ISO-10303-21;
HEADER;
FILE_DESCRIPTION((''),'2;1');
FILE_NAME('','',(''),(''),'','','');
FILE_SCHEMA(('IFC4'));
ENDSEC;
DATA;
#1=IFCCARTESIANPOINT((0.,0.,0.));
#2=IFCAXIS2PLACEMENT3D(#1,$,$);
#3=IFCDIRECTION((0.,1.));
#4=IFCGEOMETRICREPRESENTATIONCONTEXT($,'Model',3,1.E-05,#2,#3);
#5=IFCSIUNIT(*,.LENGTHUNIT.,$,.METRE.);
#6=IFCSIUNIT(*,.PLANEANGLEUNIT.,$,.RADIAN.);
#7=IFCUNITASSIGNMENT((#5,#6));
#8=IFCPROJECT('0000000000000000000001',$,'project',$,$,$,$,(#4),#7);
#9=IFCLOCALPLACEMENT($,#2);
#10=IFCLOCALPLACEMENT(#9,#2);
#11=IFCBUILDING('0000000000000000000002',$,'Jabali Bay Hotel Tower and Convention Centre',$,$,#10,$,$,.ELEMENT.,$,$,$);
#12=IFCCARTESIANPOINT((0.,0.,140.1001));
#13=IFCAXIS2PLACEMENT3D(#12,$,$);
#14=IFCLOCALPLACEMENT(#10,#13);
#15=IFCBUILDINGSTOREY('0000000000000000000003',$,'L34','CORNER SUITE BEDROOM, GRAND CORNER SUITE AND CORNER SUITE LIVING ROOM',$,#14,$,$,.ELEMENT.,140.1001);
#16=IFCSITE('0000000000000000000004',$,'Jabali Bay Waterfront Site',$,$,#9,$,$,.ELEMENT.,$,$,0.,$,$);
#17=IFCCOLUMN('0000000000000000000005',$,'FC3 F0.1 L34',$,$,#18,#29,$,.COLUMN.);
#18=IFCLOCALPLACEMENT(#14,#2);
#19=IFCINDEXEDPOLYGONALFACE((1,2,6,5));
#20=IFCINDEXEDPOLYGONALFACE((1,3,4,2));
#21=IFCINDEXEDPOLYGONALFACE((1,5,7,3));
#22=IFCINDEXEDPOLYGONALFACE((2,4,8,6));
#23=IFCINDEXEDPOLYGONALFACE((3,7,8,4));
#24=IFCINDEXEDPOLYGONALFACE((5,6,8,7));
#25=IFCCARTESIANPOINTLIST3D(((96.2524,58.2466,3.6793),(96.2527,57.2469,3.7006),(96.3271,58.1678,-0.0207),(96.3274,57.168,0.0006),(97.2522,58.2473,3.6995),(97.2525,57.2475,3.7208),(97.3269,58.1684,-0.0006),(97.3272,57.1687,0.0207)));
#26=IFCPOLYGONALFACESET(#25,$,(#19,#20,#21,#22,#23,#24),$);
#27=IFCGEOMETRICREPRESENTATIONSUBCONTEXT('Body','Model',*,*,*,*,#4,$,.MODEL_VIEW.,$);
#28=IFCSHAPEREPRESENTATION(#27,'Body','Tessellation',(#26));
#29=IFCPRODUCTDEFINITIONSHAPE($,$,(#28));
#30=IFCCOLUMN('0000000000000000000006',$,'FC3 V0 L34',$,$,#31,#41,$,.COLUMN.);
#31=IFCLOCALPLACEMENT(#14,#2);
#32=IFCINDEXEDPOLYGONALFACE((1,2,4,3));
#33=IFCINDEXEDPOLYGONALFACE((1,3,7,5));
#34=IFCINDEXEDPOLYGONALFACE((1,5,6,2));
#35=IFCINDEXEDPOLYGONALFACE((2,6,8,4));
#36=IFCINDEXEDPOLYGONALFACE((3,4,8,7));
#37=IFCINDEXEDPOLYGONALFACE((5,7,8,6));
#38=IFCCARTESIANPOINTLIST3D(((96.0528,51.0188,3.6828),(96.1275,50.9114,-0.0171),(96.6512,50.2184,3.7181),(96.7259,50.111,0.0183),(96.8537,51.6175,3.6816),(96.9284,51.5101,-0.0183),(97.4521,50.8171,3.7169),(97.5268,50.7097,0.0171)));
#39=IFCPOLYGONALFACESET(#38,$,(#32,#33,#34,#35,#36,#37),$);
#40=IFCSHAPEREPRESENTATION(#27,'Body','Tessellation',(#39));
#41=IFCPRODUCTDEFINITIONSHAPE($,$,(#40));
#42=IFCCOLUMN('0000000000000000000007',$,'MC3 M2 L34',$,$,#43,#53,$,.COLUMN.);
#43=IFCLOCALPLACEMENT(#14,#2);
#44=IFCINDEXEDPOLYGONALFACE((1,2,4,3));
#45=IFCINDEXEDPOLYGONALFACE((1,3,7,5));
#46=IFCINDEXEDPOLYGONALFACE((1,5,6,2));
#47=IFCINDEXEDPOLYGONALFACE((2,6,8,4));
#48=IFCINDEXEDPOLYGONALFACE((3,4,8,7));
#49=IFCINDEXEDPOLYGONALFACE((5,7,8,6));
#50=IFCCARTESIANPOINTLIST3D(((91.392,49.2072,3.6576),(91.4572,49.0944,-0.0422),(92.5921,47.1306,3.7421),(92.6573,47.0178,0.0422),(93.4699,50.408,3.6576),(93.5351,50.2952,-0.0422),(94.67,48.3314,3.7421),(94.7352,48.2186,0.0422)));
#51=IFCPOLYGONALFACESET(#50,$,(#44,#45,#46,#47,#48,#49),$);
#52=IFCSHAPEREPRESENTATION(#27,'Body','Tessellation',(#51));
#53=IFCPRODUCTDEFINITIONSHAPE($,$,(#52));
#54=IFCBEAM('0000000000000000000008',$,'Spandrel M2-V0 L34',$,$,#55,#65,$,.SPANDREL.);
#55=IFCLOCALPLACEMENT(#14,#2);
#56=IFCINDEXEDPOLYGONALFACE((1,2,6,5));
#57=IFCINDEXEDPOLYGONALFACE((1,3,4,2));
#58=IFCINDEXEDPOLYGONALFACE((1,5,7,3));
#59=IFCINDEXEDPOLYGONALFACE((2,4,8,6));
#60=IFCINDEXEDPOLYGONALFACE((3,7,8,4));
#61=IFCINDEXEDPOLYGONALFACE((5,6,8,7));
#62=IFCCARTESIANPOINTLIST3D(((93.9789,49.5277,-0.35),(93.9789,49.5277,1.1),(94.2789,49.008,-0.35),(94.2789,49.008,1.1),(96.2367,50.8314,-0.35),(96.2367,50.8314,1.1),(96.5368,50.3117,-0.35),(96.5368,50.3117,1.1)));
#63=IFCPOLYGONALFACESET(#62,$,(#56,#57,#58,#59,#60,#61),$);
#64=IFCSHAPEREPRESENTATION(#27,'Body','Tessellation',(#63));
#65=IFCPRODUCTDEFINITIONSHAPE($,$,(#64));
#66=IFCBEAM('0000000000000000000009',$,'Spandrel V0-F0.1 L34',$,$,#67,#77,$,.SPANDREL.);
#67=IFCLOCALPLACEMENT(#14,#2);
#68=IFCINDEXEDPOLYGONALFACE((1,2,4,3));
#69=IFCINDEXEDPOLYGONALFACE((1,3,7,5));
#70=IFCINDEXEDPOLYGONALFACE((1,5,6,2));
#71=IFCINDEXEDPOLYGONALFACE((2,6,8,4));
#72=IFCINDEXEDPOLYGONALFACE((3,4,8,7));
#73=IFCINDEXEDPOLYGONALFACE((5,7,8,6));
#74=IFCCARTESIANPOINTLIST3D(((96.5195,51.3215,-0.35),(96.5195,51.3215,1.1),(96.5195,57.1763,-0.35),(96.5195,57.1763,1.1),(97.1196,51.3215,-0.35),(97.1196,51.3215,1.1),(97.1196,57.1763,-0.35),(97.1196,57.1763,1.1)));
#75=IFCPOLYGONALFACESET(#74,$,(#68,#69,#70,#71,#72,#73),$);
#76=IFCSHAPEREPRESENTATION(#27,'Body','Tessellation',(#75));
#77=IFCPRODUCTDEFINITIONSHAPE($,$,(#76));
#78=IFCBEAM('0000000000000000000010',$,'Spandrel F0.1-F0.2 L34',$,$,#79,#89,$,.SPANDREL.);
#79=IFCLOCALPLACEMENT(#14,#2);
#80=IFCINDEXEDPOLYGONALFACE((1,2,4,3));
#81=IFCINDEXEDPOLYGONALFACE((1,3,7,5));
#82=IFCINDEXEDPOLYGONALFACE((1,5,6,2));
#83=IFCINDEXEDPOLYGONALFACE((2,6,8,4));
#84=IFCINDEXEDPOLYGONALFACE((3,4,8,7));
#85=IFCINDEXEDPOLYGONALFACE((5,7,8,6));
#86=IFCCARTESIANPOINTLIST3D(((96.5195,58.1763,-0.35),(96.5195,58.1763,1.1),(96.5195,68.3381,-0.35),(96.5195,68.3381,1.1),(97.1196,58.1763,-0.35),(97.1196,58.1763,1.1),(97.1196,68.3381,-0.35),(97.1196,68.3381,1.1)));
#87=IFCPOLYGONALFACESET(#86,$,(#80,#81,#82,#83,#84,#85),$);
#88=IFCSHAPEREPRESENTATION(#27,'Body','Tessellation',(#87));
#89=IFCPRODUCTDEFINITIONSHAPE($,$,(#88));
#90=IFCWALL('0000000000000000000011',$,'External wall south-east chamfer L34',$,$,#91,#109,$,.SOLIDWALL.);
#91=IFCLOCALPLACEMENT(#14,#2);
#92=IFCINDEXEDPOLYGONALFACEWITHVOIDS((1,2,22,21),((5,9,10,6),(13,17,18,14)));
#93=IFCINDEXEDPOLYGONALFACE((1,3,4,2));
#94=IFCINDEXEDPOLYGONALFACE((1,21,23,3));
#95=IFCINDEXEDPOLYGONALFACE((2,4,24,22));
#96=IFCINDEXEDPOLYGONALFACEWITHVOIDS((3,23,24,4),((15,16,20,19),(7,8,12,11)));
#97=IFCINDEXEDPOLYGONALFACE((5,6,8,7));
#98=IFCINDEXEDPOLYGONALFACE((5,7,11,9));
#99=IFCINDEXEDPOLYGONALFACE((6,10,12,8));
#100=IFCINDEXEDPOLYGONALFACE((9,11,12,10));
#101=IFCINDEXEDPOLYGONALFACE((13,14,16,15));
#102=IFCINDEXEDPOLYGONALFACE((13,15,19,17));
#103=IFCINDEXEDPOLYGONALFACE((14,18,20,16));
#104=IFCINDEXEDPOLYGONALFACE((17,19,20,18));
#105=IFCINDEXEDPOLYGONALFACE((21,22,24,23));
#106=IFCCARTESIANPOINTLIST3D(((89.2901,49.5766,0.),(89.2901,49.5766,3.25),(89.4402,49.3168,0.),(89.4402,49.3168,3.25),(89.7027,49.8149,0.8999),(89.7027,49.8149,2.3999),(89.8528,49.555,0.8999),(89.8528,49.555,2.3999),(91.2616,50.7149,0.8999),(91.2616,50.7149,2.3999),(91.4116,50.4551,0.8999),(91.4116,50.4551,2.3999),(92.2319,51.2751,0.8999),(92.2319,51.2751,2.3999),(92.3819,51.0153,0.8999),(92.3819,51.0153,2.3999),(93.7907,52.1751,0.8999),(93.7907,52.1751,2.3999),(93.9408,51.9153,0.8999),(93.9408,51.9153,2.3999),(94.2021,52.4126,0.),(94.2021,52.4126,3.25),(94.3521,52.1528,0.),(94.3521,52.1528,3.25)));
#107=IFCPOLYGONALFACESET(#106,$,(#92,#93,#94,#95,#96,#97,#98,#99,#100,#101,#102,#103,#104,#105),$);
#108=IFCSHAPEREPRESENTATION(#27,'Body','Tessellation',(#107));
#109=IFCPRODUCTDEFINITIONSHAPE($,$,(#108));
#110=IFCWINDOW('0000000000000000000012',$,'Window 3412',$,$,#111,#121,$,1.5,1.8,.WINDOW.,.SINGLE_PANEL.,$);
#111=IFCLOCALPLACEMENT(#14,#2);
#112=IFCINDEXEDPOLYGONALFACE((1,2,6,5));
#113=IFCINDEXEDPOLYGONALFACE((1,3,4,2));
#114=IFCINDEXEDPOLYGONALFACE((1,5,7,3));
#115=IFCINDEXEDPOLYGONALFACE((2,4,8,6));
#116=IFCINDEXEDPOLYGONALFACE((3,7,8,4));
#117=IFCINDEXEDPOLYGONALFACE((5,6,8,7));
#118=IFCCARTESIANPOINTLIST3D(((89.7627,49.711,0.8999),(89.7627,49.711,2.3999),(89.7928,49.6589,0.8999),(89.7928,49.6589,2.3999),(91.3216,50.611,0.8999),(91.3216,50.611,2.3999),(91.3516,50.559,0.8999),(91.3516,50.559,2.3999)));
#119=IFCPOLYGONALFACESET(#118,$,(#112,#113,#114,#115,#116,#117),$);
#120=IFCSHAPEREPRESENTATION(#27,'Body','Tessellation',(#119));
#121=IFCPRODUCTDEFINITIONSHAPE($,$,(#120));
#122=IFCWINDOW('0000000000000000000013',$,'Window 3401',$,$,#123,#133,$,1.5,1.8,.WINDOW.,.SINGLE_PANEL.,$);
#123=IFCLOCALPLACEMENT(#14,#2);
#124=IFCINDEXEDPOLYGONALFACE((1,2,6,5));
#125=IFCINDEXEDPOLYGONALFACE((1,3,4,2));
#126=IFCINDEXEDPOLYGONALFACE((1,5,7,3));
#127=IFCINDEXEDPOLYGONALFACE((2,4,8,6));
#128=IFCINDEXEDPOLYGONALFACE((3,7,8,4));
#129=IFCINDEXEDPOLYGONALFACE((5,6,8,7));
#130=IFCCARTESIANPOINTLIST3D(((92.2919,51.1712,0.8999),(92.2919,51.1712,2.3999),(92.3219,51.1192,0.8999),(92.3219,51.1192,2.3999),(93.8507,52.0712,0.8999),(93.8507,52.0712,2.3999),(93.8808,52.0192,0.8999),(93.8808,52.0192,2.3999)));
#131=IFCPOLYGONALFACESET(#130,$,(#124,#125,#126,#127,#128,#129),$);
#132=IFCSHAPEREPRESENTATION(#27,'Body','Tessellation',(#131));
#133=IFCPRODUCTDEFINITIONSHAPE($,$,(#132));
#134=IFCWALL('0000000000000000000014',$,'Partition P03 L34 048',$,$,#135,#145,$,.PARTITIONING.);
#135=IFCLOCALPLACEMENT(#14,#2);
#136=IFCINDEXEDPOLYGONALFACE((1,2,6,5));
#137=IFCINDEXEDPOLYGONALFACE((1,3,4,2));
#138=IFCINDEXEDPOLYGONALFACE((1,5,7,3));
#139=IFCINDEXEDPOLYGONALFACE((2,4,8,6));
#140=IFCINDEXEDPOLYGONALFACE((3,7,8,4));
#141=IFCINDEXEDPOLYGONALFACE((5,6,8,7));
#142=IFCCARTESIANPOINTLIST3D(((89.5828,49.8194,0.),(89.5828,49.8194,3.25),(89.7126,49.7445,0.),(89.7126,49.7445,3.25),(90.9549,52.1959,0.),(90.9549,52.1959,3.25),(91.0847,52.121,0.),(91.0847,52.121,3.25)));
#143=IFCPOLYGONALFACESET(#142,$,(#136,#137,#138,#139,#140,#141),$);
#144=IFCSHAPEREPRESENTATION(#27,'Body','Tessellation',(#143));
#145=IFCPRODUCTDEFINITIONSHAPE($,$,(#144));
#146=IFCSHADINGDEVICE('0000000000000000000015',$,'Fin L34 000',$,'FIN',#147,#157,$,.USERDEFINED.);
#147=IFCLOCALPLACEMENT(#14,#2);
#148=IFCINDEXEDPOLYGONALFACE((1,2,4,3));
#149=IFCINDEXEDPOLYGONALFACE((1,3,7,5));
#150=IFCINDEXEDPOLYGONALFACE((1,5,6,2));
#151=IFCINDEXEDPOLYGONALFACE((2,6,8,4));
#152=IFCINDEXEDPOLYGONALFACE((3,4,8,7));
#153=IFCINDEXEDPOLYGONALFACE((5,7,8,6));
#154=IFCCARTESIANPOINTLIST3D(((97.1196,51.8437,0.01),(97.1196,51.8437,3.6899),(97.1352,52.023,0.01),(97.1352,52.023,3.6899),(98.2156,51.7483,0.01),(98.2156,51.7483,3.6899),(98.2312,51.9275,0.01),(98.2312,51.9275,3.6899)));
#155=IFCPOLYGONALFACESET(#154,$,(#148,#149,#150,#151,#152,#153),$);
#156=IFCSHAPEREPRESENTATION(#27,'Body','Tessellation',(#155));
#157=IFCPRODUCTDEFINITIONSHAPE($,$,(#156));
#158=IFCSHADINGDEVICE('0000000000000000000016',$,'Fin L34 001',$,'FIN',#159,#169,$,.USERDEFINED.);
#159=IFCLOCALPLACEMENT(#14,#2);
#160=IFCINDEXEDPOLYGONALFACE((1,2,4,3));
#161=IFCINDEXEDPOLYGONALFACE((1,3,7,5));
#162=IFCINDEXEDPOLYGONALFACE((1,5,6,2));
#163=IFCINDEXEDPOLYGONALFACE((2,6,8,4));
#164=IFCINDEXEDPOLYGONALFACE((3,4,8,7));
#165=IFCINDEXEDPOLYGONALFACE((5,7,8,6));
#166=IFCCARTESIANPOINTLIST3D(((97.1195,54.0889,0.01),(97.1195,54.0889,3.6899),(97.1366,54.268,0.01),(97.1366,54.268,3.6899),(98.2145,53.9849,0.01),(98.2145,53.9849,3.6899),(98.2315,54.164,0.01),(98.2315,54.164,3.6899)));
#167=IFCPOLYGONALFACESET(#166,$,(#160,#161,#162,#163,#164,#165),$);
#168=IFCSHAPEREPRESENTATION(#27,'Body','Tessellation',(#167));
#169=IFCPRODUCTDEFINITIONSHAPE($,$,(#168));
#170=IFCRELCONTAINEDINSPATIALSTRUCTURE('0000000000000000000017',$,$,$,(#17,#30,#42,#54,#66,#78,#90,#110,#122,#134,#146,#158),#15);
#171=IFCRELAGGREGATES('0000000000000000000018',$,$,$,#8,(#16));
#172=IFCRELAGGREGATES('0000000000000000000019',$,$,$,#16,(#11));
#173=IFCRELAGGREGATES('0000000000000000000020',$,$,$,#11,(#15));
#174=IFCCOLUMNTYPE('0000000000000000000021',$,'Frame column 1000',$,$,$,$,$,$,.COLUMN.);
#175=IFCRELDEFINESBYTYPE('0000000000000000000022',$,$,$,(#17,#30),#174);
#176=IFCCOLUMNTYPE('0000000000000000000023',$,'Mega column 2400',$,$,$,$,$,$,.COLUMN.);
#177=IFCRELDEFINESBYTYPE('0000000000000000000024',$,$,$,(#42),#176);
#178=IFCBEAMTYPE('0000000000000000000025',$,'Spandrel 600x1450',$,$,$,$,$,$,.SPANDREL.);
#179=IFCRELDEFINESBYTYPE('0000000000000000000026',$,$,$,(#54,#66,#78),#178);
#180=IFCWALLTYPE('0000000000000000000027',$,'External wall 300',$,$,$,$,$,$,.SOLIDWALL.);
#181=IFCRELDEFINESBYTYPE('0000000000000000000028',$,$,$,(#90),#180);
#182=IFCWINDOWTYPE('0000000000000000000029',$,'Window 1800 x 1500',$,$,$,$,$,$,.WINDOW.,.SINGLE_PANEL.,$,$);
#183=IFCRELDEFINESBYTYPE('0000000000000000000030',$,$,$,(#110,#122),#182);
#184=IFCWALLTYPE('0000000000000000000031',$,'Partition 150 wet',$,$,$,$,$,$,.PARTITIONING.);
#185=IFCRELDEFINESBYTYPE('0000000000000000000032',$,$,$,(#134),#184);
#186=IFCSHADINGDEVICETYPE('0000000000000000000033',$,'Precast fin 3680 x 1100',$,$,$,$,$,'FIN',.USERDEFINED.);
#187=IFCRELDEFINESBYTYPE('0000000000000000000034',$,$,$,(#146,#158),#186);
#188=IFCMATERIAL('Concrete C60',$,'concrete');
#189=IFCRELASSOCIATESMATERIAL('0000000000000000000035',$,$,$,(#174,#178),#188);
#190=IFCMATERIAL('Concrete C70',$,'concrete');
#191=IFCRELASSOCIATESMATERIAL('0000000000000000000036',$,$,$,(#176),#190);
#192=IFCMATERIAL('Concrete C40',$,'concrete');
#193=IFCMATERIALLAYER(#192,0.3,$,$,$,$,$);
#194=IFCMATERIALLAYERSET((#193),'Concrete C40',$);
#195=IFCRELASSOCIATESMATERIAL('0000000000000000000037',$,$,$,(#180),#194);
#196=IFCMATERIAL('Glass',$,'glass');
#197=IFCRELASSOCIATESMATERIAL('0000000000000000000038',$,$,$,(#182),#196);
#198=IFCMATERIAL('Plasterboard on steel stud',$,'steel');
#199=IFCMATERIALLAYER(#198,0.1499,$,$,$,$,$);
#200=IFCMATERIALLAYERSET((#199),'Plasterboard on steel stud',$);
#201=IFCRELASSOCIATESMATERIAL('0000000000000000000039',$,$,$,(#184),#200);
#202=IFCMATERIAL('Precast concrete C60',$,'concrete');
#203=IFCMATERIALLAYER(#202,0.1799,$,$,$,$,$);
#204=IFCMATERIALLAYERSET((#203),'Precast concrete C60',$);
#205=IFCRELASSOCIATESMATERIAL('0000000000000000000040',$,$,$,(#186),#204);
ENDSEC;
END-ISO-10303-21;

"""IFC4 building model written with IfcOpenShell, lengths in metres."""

from ifc_helpers import new_model, si_unit, direction, frame, frame_2d, origin, origin_2d, place, context, subcontext, project, spatial, rectangle, extrude, material, layer, layer_set, material_profile, profile_set, type_object, element, fill, save


model = new_model("IFC4")

# Units and contexts
model_context = context("Model", 3, precision=1e-05, world=origin(), true_north=direction((0.0, 1.0)))
body_context = subcontext(model_context, "Body", "Model", "MODEL_VIEW")
ifc_project = project(units=[si_unit("LENGTHUNIT", "METRE"), si_unit("PLANEANGLEUNIT", "RADIAN")], contexts=[model_context])

# Site, building, storey
site_placement = place(None, origin())
site = spatial("IfcSite", under=ifc_project, at=site_placement, Name="Jabali Bay Waterfront Site", CompositionType="ELEMENT", RefElevation=0.0)
building_placement = place(site_placement, origin())
building = spatial("IfcBuilding", under=site, at=building_placement, Name="Jabali Bay Hotel Tower and Convention Centre", CompositionType="ELEMENT")
storey_placement = place(building_placement, frame((0.0, 0.0, 140.1001)))
storey = spatial("IfcBuildingStorey", under=building, at=storey_placement, Name="L34", Description="CORNER SUITE BEDROOM, GRAND CORNER SUITE AND CORNER SUITE LIVING ROOM", CompositionType="ELEMENT", Elevation=140.1001)

# Columns
ifc_material_1 = material(Name="Concrete C60", Category="concrete")
ifc_material_profile_1 = material_profile(ifc_material_1, rectangle(XDim=1.0, YDim=1.0, at=origin_2d()), Name="Frame column 1000")
ifc_profile_set_1 = profile_set([ifc_material_profile_1], Name="Concrete C60")
column_type_1 = type_object("IfcColumnType", Name="Frame column 1000", PredefinedType="COLUMN", material=ifc_profile_set_1)
column_1_placement = place(storey_placement, frame((96.8271, 57.6682, 0.0), z_axis=(-0.020183, 0.021304, 0.999569), x_axis=(0.000228, -0.999773, 0.021313)))
element("IfcColumn", 1, at=column_1_placement, inside=storey, type_object=column_type_1, Name="FC3 F0.1 L34", PredefinedType="COLUMN", context=body_context, shape_type="SweptSolid", body=[
    extrude(rectangle(XDim=1.0, YDim=1.0, at=origin_2d()), origin(), (0.0, 0.0, 1.0), 3.7017),
])
column_2_placement = place(storey_placement, frame((96.8271, 50.8105, 0.0), z_axis=(-0.020179, 0.029015, 0.999375), x_axis=(-0.800961, -0.598716, 0.00121)))
element("IfcColumn", 2, at=column_2_placement, inside=storey, type_object=column_type_1, Name="FC3 V0 L34", PredefinedType="COLUMN", context=body_context, shape_type="SweptSolid", body=[
    extrude(rectangle(XDim=1.0, YDim=1.0, at=origin_2d()), origin(), (0.0, 0.0, 1.0), 3.7021),
])
ifc_material_2 = material(Name="Concrete C70", Category="concrete")
ifc_material_profile_2 = material_profile(ifc_material_2, rectangle(XDim=2.3999, YDim=2.3999, at=origin_2d()), Name="Mega column 2400")
ifc_profile_set_2 = profile_set([ifc_material_profile_2], Name="Concrete C70")
column_type_2 = type_object("IfcColumnType", Name="Mega column 2400", PredefinedType="COLUMN", material=ifc_profile_set_2)
column_3_placement = place(storey_placement, frame((93.0962, 48.6565, 0.0), z_axis=(-0.017607, 0.030466, 0.999381), x_axis=(0.500058, -0.865277, 0.035188)))
element("IfcColumn", 3, at=column_3_placement, inside=storey, type_object=column_type_2, Name="MC3 M2 L34", PredefinedType="COLUMN", context=body_context, shape_type="SweptSolid", body=[
    extrude(rectangle(XDim=2.3999, YDim=2.3999, at=origin_2d()), origin(), (0.0, 0.0, 1.0), 3.7021),
])

# Beams
ifc_material_profile_3 = material_profile(ifc_material_1, rectangle(XDim=0.6001, YDim=1.45, at=origin_2d()), Name="Spandrel 600x1450")
ifc_profile_set_3 = profile_set([ifc_material_profile_3], Name="Concrete C60")
beam_type = type_object("IfcBeamType", Name="Spandrel 600x1450", PredefinedType="SPANDREL", material=ifc_profile_set_3)
beam_1_placement = place(storey_placement, frame((94.1289, 49.2678, 0.375), z_axis=(0.865998, 0.500047, 0.0), x_axis=(-0.500047, 0.865998, 0.0)))
element("IfcBeam", 4, at=beam_1_placement, inside=storey, type_object=beam_type, Name="Spandrel M2-V0 L34", PredefinedType="SPANDREL", context=body_context, shape_type="SweptSolid", body=[
    extrude(rectangle(XDim=0.6001, YDim=1.45, at=origin_2d()), origin(), (0.0, 0.0, 1.0), 2.6072),
])
beam_2_placement = place(storey_placement, frame((96.8196, 51.3215, 0.375), z_axis=(0.0, 1.0, 0.0), x_axis=(-1.0, 0.0, 0.0)))
element("IfcBeam", 5, at=beam_2_placement, inside=storey, type_object=beam_type, Name="Spandrel V0-F0.1 L34", PredefinedType="SPANDREL", context=body_context, shape_type="SweptSolid", body=[
    extrude(rectangle(XDim=0.6001, YDim=1.45, at=origin_2d()), origin(), (0.0, 0.0, 1.0), 5.8547),
])
beam_3_placement = place(storey_placement, frame((96.8196, 58.1763, 0.375), z_axis=(0.0, 1.0, 0.0), x_axis=(-1.0, 0.0, 0.0)))
element("IfcBeam", 6, at=beam_3_placement, inside=storey, type_object=beam_type, Name="Spandrel F0.1-F0.2 L34", PredefinedType="SPANDREL", context=body_context, shape_type="SweptSolid", body=[
    extrude(rectangle(XDim=0.6001, YDim=1.45, at=origin_2d()), origin(), (0.0, 0.0, 1.0), 10.1619),
])

# Wall, openings, windows
ifc_material_3 = material(Name="Concrete C40", Category="concrete")
ifc_layer_1 = layer(ifc_material_3, 0.3)
ifc_layer_set_1 = layer_set([ifc_layer_1], Name="Concrete C40")
wall_type_1 = type_object("IfcWallType", Name="External wall 300", PredefinedType="SOLIDWALL", material=ifc_layer_set_1)
wall_1_placement = place(storey_placement, frame((94.2771, 52.2827, 0.0), z_axis=(0.0, 0.0, 1.0), x_axis=(-0.86602, -0.500009, 0.0)))
wall_1 = element("IfcWall", 7, at=wall_1_placement, inside=storey, type_object=wall_type_1, Name="External wall south-east chamfer L34", PredefinedType="SOLIDWALL", context=body_context, shape_type="SweptSolid", body=[
    extrude(rectangle(XDim=5.6719, YDim=0.3, at=frame_2d((2.8359, 0.0))), origin(), (0.0, 0.0, 1.0), 3.25),
])
opening_1_placement = place(wall_1_placement, frame((3.3955, 0.0, 0.8999)))
opening_1 = element("IfcOpeningElement", 8, at=opening_1_placement, cuts=wall_1, PredefinedType="OPENING", context=body_context, shape_type="SweptSolid", body=[
    extrude(rectangle(XDim=1.8, YDim=1.5, at=frame_2d((0.8999, 0.75))), frame((0.0, 0.1606, 0.0), z_axis=(0.0, -1.0, 0.0), x_axis=(1.0, 0.0, 0.0)), (0.0, 0.0, 1.0), 0.321),
])
opening_2_placement = place(wall_1_placement, frame((0.4751, 0.0, 0.8999)))
opening_2 = element("IfcOpeningElement", 9, at=opening_2_placement, cuts=wall_1, PredefinedType="OPENING", context=body_context, shape_type="SweptSolid", body=[
    extrude(rectangle(XDim=1.8, YDim=1.5, at=frame_2d((0.8999, 0.75))), frame((0.0, 0.1606, 0.0), z_axis=(0.0, -1.0, 0.0), x_axis=(1.0, 0.0, 0.0)), (0.0, 0.0, 1.0), 0.321),
])
ifc_material_4 = material(Name="Glass", Category="glass")
window_type = type_object("IfcWindowType", Name="Window 1800 x 1500", PartitioningType="SINGLE_PANEL", PredefinedType="WINDOW", material=ifc_material_4)
window_1_placement = place(opening_1_placement, origin())
window_1 = element("IfcWindow", 10, at=window_1_placement, inside=storey, type_object=window_type, Name="Window 3412", OverallHeight=1.5, OverallWidth=1.8, PartitioningType="SINGLE_PANEL", PredefinedType="WINDOW", context=body_context, shape_type="SweptSolid", body=[
    extrude(rectangle(XDim=1.8, YDim=1.5, at=frame_2d((0.8999, 0.75))), frame((0.0, 0.03, 0.0), z_axis=(0.0, -1.0, 0.0), x_axis=(1.0, 0.0, 0.0)), (0.0, 0.0, 1.0), 0.0601),
])
fill(opening_1, window_1)
window_2_placement = place(opening_2_placement, origin())
window_2 = element("IfcWindow", 11, at=window_2_placement, inside=storey, type_object=window_type, Name="Window 3401", OverallHeight=1.5, OverallWidth=1.8, PartitioningType="SINGLE_PANEL", PredefinedType="WINDOW", context=body_context, shape_type="SweptSolid", body=[
    extrude(rectangle(XDim=1.8, YDim=1.5, at=frame_2d((0.8999, 0.75))), frame((0.0, 0.03, 0.0), z_axis=(0.0, -1.0, 0.0), x_axis=(1.0, 0.0, 0.0)), (0.0, 0.0, 1.0), 0.0601),
])
fill(opening_2, window_2)

# Wall
ifc_material_5 = material(Name="Plasterboard on steel stud", Category="steel")
ifc_layer_2 = layer(ifc_material_5, 0.1499)
ifc_layer_set_2 = layer_set([ifc_layer_2], Name="Plasterboard on steel stud")
wall_type_2 = type_object("IfcWallType", Name="Partition 150 wet", PredefinedType="PARTITIONING", material=ifc_layer_set_2)
wall_2_placement = place(storey_placement, frame((91.0198, 52.1584, 0.0), z_axis=(0.0, 0.0, 1.0), x_axis=(-0.500005, -0.866023, 0.0)))
element("IfcWall", 12, at=wall_2_placement, inside=storey, type_object=wall_type_2, Name="Partition P03 L34 048", PredefinedType="PARTITIONING", context=body_context, shape_type="SweptSolid", body=[
    extrude(rectangle(XDim=2.7441, YDim=0.1499, at=frame_2d((1.3721, 0.0))), origin(), (0.0, 0.0, 1.0), 3.25),
])

# Shading devices
ifc_material_6 = material(Name="Precast concrete C60", Category="concrete")
ifc_layer_3 = layer(ifc_material_6, 0.1799)
ifc_layer_set_3 = layer_set([ifc_layer_3], Name="Precast concrete C60")
shading_device_type_1 = type_object("IfcShadingDeviceType", Name="Precast fin 3680 x 1100", ElementType="FIN", PredefinedType="USERDEFINED", material=ifc_layer_set_3)
shading_device_1_placement = place(storey_placement, frame((97.1274, 51.9333, 0.01), z_axis=(0.0, 0.0, 1.0), x_axis=(0.996228, -0.086773, 0.0)))
element("IfcShadingDevice", 13, at=shading_device_1_placement, inside=storey, type_object=shading_device_type_1, Name="Fin L34 000", ObjectType="FIN", PredefinedType="USERDEFINED", context=body_context, shape_type="SweptSolid", body=[
    extrude(rectangle(XDim=1.1001, YDim=0.1799, at=frame_2d((0.55, 0.0))), origin(), (0.0, 0.0, 1.0), 3.6799),
])
shading_device_2_placement = place(storey_placement, frame((97.1282, 54.1785, 0.01), z_axis=(0.0, 0.0, 1.0), x_axis=(0.995519, -0.094558, 0.0)))
element("IfcShadingDevice", 14, at=shading_device_2_placement, inside=storey, type_object=shading_device_type_1, Name="Fin L34 001", ObjectType="FIN", PredefinedType="USERDEFINED", context=body_context, shape_type="SweptSolid", body=[
    extrude(rectangle(XDim=1.0999, YDim=0.1799, at=frame_2d((0.5498, 0.0))), origin(), (0.0, 0.0, 1.0), 3.6799),
])

save(model, "model.ifc")
